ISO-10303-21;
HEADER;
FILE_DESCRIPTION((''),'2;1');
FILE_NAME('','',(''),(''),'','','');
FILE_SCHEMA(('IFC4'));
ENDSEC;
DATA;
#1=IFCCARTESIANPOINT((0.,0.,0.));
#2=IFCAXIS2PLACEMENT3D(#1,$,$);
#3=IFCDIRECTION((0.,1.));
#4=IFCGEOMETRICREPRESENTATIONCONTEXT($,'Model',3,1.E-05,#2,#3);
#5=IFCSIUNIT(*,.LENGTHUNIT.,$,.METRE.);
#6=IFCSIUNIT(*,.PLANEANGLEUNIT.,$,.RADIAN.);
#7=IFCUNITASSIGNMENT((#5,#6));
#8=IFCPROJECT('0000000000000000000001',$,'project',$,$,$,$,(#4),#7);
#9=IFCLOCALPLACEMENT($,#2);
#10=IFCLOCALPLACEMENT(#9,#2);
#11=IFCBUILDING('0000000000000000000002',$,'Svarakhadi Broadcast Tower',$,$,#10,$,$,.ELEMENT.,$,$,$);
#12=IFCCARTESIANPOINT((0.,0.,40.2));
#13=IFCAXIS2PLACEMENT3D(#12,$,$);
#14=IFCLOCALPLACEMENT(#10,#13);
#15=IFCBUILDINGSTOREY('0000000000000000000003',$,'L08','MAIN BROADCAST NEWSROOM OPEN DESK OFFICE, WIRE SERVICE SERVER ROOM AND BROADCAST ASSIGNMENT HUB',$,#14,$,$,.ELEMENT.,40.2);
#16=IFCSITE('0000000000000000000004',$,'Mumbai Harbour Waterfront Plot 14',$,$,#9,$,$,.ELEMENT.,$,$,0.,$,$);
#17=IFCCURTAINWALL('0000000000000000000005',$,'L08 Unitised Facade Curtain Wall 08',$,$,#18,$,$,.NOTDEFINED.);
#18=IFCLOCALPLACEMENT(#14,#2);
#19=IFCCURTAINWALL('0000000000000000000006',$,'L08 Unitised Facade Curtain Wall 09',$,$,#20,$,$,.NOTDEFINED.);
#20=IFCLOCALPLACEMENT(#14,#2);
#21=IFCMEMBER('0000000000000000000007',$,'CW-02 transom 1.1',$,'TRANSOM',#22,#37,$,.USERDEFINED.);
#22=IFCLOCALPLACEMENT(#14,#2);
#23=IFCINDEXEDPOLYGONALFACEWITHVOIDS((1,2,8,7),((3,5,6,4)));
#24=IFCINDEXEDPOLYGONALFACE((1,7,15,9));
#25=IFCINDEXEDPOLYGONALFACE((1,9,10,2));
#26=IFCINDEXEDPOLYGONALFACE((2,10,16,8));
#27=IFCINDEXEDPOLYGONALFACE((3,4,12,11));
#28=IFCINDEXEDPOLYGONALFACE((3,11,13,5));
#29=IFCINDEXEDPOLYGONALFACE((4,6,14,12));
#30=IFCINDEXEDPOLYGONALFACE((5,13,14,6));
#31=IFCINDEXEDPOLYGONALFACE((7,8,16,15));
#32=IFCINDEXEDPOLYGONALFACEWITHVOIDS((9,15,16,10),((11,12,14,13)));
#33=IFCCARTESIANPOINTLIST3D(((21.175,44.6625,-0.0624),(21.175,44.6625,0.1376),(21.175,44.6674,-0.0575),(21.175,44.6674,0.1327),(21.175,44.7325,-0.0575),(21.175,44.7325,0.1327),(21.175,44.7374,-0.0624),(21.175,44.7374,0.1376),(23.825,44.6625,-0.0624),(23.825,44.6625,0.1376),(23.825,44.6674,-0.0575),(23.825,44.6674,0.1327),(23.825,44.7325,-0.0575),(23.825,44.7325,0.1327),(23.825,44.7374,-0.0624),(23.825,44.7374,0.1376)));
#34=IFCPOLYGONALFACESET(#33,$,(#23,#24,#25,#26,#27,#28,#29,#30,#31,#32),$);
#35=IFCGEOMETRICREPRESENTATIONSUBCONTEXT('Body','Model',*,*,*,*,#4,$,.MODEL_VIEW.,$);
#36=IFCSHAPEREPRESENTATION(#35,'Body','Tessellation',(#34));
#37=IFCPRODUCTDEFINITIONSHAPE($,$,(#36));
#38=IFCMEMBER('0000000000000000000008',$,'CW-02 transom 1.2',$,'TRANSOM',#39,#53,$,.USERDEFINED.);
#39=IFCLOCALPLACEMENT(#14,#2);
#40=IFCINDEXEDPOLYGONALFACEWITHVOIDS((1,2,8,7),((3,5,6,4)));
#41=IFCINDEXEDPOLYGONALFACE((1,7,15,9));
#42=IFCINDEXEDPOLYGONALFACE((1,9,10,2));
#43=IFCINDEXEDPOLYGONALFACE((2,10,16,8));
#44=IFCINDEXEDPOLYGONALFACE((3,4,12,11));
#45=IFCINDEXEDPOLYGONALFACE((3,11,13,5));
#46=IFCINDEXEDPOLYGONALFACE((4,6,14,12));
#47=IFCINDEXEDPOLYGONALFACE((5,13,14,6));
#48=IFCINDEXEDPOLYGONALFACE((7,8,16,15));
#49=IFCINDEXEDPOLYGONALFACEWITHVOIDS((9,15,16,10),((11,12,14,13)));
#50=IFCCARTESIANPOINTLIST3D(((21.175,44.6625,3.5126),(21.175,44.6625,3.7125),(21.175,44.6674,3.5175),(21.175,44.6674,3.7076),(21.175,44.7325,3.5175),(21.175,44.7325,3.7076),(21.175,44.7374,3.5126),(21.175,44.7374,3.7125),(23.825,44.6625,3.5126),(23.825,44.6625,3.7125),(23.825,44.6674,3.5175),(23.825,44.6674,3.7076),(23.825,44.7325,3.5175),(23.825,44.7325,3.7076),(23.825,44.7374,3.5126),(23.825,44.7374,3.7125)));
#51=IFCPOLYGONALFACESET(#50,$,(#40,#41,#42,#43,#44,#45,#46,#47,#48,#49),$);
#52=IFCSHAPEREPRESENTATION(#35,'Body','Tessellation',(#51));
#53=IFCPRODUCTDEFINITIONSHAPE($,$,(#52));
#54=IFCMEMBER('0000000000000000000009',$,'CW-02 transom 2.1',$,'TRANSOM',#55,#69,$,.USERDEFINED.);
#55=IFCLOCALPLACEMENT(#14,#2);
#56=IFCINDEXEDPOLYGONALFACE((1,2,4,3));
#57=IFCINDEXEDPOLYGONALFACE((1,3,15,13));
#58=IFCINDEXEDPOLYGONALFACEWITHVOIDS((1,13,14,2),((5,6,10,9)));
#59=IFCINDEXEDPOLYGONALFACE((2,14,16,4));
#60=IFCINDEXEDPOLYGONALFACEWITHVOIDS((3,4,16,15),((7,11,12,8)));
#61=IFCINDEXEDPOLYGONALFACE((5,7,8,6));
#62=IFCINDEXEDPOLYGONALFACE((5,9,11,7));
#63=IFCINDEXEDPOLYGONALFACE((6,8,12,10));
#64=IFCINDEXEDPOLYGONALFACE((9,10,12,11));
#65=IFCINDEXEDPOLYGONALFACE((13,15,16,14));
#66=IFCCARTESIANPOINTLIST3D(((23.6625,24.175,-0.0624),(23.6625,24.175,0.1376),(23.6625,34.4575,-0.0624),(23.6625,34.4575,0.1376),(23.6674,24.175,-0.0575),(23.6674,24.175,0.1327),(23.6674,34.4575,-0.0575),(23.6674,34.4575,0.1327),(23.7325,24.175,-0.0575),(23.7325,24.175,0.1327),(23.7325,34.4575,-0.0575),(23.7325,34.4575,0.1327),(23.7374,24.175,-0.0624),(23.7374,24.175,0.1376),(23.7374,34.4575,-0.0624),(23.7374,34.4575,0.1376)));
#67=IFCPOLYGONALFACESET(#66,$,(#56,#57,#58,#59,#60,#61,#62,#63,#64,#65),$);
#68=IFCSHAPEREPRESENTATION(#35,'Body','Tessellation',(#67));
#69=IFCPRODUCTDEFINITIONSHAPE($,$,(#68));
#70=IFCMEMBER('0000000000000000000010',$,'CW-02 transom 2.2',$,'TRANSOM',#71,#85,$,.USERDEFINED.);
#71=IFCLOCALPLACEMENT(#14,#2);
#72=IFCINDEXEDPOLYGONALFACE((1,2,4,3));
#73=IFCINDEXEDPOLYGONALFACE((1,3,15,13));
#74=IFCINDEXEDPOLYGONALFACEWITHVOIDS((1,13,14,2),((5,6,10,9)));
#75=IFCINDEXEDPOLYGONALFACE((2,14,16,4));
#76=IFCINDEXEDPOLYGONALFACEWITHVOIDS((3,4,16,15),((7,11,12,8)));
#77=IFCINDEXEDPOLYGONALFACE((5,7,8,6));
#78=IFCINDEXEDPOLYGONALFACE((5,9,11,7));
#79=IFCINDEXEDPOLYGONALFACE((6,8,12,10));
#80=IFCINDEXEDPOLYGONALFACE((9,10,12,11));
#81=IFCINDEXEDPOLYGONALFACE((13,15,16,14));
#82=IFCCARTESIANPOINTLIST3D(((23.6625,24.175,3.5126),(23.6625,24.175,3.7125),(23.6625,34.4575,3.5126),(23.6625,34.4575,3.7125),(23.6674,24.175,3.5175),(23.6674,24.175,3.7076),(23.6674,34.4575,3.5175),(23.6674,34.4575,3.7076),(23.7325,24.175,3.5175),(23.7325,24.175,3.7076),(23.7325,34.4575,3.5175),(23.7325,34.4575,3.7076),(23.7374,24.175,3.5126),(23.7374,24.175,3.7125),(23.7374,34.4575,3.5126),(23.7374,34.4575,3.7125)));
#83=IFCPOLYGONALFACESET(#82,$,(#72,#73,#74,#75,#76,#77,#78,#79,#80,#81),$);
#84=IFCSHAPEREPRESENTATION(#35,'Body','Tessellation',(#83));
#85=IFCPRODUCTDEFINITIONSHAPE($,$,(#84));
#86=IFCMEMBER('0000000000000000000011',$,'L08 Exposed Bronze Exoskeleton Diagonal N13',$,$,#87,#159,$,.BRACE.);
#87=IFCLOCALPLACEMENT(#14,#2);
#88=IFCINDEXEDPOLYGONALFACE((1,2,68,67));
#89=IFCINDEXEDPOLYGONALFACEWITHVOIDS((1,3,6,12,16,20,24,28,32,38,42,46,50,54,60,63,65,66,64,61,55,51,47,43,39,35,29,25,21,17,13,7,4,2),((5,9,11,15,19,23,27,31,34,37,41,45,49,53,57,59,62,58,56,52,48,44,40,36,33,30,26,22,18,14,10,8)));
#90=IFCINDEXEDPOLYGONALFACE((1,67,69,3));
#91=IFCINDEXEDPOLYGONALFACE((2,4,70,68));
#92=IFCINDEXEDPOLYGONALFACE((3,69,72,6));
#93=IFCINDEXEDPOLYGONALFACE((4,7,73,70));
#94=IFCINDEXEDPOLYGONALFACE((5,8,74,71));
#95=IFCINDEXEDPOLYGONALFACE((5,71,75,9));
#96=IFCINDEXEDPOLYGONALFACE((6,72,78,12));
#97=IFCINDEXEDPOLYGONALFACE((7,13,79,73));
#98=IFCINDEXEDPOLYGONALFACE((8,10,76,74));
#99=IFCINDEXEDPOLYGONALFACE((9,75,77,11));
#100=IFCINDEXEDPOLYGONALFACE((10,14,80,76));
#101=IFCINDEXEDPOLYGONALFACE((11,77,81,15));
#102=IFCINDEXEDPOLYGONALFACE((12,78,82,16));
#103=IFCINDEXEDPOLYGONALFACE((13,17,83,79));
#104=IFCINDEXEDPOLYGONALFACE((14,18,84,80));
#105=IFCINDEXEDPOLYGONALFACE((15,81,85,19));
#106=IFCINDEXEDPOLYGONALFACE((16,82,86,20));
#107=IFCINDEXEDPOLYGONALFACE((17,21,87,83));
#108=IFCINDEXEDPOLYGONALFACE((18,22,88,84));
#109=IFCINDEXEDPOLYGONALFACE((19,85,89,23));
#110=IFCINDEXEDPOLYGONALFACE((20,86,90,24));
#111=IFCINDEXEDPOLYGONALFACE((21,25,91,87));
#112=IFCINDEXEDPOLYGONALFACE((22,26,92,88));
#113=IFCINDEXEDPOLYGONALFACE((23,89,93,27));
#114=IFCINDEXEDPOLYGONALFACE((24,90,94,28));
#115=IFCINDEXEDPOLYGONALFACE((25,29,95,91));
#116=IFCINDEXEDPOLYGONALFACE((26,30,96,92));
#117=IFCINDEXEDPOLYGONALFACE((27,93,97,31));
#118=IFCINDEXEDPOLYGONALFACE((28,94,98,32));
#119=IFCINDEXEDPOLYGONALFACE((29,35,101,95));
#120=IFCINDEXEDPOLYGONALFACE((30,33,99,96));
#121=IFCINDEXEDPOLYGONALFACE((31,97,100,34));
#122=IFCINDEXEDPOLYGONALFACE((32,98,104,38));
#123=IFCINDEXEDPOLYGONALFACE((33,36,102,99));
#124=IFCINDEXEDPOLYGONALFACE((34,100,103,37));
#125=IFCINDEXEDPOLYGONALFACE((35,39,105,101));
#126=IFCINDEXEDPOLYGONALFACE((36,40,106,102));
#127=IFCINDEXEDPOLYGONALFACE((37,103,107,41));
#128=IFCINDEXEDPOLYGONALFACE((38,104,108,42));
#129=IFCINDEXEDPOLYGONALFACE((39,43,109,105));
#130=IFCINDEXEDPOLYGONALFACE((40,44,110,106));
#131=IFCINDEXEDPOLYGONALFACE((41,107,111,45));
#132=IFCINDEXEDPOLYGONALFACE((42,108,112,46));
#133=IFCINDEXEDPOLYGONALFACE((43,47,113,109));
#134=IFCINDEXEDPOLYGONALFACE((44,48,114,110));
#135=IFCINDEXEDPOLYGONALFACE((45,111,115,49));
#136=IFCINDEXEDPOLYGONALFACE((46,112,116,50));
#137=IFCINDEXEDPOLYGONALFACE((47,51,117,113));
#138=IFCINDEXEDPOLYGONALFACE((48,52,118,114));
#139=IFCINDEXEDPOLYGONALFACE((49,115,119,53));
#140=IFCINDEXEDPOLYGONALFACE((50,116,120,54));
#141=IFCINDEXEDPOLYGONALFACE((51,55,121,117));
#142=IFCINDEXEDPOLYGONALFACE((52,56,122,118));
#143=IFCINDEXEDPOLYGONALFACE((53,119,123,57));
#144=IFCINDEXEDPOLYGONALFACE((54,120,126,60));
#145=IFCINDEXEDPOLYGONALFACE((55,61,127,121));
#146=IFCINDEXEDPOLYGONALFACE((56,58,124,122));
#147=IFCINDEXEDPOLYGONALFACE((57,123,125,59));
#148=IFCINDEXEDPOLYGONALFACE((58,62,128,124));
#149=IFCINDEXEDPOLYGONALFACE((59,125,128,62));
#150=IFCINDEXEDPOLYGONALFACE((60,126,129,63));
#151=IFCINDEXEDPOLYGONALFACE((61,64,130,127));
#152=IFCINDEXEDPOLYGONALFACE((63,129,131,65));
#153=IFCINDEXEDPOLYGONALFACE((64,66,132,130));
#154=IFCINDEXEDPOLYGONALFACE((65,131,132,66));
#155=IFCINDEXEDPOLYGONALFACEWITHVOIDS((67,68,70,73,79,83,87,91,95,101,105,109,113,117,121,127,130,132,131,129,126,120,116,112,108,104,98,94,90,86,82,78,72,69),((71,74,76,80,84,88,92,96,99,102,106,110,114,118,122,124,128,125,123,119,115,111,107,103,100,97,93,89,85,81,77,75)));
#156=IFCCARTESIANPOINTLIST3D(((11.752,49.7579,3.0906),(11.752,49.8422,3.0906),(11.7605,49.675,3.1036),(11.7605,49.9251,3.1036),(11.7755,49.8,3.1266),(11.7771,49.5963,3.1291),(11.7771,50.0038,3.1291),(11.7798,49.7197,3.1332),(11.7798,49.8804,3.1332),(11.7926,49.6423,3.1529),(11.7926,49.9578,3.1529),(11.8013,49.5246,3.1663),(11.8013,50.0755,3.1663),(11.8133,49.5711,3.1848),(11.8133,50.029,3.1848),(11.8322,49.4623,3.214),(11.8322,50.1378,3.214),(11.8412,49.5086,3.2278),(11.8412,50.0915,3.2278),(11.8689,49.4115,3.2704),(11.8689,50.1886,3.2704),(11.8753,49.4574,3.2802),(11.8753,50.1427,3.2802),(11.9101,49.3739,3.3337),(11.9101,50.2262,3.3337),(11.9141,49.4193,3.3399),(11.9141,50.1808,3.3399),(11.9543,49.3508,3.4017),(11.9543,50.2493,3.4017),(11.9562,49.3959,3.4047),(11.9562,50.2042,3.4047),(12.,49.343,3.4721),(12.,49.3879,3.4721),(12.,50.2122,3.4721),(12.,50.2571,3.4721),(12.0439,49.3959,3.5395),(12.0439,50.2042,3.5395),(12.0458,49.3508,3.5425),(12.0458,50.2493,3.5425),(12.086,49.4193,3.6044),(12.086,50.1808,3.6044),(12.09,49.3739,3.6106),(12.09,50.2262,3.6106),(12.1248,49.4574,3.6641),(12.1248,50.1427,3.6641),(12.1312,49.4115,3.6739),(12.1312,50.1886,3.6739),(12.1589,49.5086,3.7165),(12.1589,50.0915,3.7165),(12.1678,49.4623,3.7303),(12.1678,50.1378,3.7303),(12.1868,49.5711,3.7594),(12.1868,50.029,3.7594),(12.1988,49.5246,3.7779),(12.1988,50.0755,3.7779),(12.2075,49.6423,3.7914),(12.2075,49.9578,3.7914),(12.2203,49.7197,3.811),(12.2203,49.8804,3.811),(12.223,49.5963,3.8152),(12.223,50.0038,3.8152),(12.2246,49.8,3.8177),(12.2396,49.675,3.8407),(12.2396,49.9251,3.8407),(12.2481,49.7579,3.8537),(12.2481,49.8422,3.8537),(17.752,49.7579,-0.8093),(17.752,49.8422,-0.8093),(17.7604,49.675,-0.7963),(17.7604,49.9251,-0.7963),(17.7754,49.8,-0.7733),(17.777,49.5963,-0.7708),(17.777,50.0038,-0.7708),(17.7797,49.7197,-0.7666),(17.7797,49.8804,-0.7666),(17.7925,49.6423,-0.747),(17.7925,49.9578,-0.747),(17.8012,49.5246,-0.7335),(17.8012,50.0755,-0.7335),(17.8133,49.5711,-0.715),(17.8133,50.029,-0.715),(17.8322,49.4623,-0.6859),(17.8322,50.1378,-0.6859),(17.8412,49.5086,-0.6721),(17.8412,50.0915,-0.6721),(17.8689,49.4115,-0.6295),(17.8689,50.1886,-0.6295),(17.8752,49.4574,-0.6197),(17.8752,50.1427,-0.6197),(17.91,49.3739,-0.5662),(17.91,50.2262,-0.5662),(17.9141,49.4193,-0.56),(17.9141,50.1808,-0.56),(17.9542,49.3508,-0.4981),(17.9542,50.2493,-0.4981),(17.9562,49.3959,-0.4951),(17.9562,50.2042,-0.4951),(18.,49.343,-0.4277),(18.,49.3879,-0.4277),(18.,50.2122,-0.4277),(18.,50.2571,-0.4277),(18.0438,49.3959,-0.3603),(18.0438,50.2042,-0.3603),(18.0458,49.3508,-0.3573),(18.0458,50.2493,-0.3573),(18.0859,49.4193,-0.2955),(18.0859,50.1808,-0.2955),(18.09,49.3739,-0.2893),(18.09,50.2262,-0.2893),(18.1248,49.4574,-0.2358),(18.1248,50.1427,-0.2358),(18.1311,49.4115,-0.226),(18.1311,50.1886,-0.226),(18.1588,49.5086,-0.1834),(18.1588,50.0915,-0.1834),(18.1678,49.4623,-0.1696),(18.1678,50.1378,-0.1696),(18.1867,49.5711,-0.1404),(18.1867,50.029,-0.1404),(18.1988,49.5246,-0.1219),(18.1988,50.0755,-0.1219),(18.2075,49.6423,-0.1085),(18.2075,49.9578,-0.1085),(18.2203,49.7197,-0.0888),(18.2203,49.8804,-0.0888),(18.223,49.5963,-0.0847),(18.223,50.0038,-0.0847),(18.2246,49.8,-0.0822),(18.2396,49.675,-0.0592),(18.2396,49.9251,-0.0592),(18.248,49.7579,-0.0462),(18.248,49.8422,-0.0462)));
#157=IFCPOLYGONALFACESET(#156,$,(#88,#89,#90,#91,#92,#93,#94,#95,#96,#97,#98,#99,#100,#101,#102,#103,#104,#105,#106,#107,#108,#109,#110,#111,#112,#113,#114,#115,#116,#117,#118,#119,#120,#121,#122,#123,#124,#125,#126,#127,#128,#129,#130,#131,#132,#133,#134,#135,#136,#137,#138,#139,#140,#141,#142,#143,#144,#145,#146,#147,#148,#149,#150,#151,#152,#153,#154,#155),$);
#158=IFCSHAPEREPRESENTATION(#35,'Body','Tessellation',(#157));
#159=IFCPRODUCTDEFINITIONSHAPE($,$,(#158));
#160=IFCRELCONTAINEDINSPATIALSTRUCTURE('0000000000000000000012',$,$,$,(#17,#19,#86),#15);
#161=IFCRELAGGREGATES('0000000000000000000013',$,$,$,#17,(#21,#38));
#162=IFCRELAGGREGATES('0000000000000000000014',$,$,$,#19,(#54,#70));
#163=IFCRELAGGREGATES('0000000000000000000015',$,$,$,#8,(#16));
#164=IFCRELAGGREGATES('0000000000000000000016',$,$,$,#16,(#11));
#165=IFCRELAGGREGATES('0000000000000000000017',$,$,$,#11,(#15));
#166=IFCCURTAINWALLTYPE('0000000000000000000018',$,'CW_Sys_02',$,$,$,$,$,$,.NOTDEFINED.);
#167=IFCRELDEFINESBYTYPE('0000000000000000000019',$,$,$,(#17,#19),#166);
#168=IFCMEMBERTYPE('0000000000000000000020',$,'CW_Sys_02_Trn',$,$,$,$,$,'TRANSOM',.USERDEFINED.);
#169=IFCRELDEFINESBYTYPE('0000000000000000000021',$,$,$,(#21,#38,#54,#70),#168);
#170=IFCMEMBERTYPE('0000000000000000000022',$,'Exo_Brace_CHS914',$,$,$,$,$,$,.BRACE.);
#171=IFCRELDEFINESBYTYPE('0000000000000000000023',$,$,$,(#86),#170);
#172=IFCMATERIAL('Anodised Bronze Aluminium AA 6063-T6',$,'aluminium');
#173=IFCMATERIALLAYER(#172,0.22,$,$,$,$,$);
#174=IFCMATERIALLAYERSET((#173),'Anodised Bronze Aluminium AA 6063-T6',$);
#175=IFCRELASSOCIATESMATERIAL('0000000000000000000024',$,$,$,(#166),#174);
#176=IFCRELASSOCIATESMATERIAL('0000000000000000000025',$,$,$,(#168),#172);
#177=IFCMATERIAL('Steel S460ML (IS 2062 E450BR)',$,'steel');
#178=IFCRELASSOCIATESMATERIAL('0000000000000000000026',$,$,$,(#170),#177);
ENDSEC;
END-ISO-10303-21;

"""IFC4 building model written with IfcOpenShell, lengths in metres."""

from ifc_helpers import new_model, si_unit, direction, frame, origin, origin_2d, place, context, subcontext, project, spatial, hollow_rectangle, hollow_circle, extrude, material, layer, layer_set, material_profile, profile_set, type_object, element, aggregate, save


model = new_model("IFC4")

# Units and contexts
model_context = context("Model", 3, precision=1e-05, world=origin(), true_north=direction((0.0, 1.0)))
body_context = subcontext(model_context, "Body", "Model", "MODEL_VIEW")
ifc_project = project(units=[si_unit("LENGTHUNIT", "METRE"), si_unit("PLANEANGLEUNIT", "RADIAN")], contexts=[model_context])

# Site, building, storey
site_placement = place(None, origin())
site = spatial("IfcSite", under=ifc_project, at=site_placement, Name="Mumbai Harbour Waterfront Plot 14", CompositionType="ELEMENT", RefElevation=0.0)
building_placement = place(site_placement, origin())
building = spatial("IfcBuilding", under=site, at=building_placement, Name="Svarakhadi Broadcast Tower", CompositionType="ELEMENT")
storey_placement = place(building_placement, frame((0.0, 0.0, 40.2)))
storey = spatial("IfcBuildingStorey", under=building, at=storey_placement, Name="L08", Description="MAIN BROADCAST NEWSROOM OPEN DESK OFFICE, WIRE SERVICE SERVER ROOM AND BROADCAST ASSIGNMENT HUB", CompositionType="ELEMENT", Elevation=40.2)

# Shared definitions
ifc_material_1 = material(Name="Anodised Bronze Aluminium AA 6063-T6", Category="aluminium")
ifc_layer_1 = layer(ifc_material_1, 0.22)
ifc_layer_set_1 = layer_set([ifc_layer_1], Name="Anodised Bronze Aluminium AA 6063-T6")
curtain_wall_type = type_object("IfcCurtainWallType", Name="CW_Sys_02", PredefinedType="NOTDEFINED", material=ifc_layer_set_1)

# Curtain wall
curtain_wall_1_placement = place(storey_placement, origin())
curtain_wall_1 = element("IfcCurtainWall", 1, at=curtain_wall_1_placement, inside=storey, type_object=curtain_wall_type, Name="L08 Unitised Facade Curtain Wall 08", PredefinedType="NOTDEFINED")

# Curtain wall
curtain_wall_2_placement = place(storey_placement, origin())
curtain_wall_2 = element("IfcCurtainWall", 2, at=curtain_wall_2_placement, inside=storey, type_object=curtain_wall_type, Name="L08 Unitised Facade Curtain Wall 09", PredefinedType="NOTDEFINED")

# Members
ifc_material_profile_1 = material_profile(ifc_material_1, hollow_rectangle(XDim=0.075, YDim=0.2, WallThickness=0.0049, at=origin_2d()), Name="ALU TRANSOM 200x75x5")
ifc_profile_set_1 = profile_set([ifc_material_profile_1], Name="Anodised Bronze Aluminium AA 6063-T6")
member_type_1 = type_object("IfcMemberType", Name="CW_Sys_02_Trn", ElementType="TRANSOM", PredefinedType="USERDEFINED", material=ifc_profile_set_1)
member_1_placement = place(storey_placement, frame((21.175, 44.7, 0.0376), z_axis=(1.0, 0.0, 0.0), x_axis=(0.0, 1.0, 0.0)))
member_1 = element("IfcMember", 3, at=member_1_placement, type_object=member_type_1, Name="CW-02 transom 1.1", ObjectType="TRANSOM", PredefinedType="USERDEFINED", context=body_context, shape_type="SweptSolid", body=[
    extrude(hollow_rectangle(XDim=0.075, YDim=0.2, WallThickness=0.0049, at=origin_2d()), origin(), (0.0, 0.0, 1.0), 2.6499),
])
member_2_placement = place(storey_placement, frame((21.175, 44.7, 3.6125), z_axis=(1.0, 0.0, 0.0), x_axis=(0.0, 1.0, 0.0)))
member_2 = element("IfcMember", 4, at=member_2_placement, type_object=member_type_1, Name="CW-02 transom 1.2", ObjectType="TRANSOM", PredefinedType="USERDEFINED", context=body_context, shape_type="SweptSolid", body=[
    extrude(hollow_rectangle(XDim=0.075, YDim=0.2, WallThickness=0.0049, at=origin_2d()), origin(), (0.0, 0.0, 1.0), 2.6499),
])
member_3_placement = place(storey_placement, frame((23.7, 34.4575, 0.0376), z_axis=(0.0, -1.0, 0.0), x_axis=(1.0, 0.0, 0.0)))
member_3 = element("IfcMember", 5, at=member_3_placement, type_object=member_type_1, Name="CW-02 transom 2.1", ObjectType="TRANSOM", PredefinedType="USERDEFINED", context=body_context, shape_type="SweptSolid", body=[
    extrude(hollow_rectangle(XDim=0.075, YDim=0.2, WallThickness=0.0049, at=origin_2d()), origin(), (0.0, 0.0, 1.0), 10.2825),
])
member_4_placement = place(storey_placement, frame((23.7, 34.4575, 3.6125), z_axis=(0.0, -1.0, 0.0), x_axis=(1.0, 0.0, 0.0)))
member_4 = element("IfcMember", 6, at=member_4_placement, type_object=member_type_1, Name="CW-02 transom 2.2", ObjectType="TRANSOM", PredefinedType="USERDEFINED", context=body_context, shape_type="SweptSolid", body=[
    extrude(hollow_rectangle(XDim=0.075, YDim=0.2, WallThickness=0.0049, at=origin_2d()), origin(), (0.0, 0.0, 1.0), 10.2825),
])

# Member
ifc_material_2 = material(Name="Steel S460ML (IS 2062 E450BR)", Category="steel")
ifc_material_profile_2 = material_profile(ifc_material_2, hollow_circle(Radius=0.457, WallThickness=0.0449, at=origin_2d()), Name="CHS 914x45")
ifc_profile_set_2 = profile_set([ifc_material_profile_2], Name="Steel S460ML (IS 2062 E450BR)")
member_type_2 = type_object("IfcMemberType", Name="Exo_Brace_CHS914", PredefinedType="BRACE", material=ifc_profile_set_2)
member_5_placement = place(storey_placement, frame((18.0, 49.8, -0.4277), z_axis=(-0.83845, 0.0, 0.544979), x_axis=(0.0, -1.0, 0.0)))
element("IfcMember", 7, at=member_5_placement, inside=storey, type_object=member_type_2, Name="L08 Exposed Bronze Exoskeleton Diagonal N13", PredefinedType="BRACE", context=body_context, shape_type="SweptSolid", body=[
    extrude(hollow_circle(Radius=0.457, WallThickness=0.0449, at=origin_2d()), origin(), (0.0, 0.0, 1.0), 7.156),
])

aggregate(curtain_wall_1, [member_1, member_2])
aggregate(curtain_wall_2, [member_3, member_4])

save(model, "model.ifc")
